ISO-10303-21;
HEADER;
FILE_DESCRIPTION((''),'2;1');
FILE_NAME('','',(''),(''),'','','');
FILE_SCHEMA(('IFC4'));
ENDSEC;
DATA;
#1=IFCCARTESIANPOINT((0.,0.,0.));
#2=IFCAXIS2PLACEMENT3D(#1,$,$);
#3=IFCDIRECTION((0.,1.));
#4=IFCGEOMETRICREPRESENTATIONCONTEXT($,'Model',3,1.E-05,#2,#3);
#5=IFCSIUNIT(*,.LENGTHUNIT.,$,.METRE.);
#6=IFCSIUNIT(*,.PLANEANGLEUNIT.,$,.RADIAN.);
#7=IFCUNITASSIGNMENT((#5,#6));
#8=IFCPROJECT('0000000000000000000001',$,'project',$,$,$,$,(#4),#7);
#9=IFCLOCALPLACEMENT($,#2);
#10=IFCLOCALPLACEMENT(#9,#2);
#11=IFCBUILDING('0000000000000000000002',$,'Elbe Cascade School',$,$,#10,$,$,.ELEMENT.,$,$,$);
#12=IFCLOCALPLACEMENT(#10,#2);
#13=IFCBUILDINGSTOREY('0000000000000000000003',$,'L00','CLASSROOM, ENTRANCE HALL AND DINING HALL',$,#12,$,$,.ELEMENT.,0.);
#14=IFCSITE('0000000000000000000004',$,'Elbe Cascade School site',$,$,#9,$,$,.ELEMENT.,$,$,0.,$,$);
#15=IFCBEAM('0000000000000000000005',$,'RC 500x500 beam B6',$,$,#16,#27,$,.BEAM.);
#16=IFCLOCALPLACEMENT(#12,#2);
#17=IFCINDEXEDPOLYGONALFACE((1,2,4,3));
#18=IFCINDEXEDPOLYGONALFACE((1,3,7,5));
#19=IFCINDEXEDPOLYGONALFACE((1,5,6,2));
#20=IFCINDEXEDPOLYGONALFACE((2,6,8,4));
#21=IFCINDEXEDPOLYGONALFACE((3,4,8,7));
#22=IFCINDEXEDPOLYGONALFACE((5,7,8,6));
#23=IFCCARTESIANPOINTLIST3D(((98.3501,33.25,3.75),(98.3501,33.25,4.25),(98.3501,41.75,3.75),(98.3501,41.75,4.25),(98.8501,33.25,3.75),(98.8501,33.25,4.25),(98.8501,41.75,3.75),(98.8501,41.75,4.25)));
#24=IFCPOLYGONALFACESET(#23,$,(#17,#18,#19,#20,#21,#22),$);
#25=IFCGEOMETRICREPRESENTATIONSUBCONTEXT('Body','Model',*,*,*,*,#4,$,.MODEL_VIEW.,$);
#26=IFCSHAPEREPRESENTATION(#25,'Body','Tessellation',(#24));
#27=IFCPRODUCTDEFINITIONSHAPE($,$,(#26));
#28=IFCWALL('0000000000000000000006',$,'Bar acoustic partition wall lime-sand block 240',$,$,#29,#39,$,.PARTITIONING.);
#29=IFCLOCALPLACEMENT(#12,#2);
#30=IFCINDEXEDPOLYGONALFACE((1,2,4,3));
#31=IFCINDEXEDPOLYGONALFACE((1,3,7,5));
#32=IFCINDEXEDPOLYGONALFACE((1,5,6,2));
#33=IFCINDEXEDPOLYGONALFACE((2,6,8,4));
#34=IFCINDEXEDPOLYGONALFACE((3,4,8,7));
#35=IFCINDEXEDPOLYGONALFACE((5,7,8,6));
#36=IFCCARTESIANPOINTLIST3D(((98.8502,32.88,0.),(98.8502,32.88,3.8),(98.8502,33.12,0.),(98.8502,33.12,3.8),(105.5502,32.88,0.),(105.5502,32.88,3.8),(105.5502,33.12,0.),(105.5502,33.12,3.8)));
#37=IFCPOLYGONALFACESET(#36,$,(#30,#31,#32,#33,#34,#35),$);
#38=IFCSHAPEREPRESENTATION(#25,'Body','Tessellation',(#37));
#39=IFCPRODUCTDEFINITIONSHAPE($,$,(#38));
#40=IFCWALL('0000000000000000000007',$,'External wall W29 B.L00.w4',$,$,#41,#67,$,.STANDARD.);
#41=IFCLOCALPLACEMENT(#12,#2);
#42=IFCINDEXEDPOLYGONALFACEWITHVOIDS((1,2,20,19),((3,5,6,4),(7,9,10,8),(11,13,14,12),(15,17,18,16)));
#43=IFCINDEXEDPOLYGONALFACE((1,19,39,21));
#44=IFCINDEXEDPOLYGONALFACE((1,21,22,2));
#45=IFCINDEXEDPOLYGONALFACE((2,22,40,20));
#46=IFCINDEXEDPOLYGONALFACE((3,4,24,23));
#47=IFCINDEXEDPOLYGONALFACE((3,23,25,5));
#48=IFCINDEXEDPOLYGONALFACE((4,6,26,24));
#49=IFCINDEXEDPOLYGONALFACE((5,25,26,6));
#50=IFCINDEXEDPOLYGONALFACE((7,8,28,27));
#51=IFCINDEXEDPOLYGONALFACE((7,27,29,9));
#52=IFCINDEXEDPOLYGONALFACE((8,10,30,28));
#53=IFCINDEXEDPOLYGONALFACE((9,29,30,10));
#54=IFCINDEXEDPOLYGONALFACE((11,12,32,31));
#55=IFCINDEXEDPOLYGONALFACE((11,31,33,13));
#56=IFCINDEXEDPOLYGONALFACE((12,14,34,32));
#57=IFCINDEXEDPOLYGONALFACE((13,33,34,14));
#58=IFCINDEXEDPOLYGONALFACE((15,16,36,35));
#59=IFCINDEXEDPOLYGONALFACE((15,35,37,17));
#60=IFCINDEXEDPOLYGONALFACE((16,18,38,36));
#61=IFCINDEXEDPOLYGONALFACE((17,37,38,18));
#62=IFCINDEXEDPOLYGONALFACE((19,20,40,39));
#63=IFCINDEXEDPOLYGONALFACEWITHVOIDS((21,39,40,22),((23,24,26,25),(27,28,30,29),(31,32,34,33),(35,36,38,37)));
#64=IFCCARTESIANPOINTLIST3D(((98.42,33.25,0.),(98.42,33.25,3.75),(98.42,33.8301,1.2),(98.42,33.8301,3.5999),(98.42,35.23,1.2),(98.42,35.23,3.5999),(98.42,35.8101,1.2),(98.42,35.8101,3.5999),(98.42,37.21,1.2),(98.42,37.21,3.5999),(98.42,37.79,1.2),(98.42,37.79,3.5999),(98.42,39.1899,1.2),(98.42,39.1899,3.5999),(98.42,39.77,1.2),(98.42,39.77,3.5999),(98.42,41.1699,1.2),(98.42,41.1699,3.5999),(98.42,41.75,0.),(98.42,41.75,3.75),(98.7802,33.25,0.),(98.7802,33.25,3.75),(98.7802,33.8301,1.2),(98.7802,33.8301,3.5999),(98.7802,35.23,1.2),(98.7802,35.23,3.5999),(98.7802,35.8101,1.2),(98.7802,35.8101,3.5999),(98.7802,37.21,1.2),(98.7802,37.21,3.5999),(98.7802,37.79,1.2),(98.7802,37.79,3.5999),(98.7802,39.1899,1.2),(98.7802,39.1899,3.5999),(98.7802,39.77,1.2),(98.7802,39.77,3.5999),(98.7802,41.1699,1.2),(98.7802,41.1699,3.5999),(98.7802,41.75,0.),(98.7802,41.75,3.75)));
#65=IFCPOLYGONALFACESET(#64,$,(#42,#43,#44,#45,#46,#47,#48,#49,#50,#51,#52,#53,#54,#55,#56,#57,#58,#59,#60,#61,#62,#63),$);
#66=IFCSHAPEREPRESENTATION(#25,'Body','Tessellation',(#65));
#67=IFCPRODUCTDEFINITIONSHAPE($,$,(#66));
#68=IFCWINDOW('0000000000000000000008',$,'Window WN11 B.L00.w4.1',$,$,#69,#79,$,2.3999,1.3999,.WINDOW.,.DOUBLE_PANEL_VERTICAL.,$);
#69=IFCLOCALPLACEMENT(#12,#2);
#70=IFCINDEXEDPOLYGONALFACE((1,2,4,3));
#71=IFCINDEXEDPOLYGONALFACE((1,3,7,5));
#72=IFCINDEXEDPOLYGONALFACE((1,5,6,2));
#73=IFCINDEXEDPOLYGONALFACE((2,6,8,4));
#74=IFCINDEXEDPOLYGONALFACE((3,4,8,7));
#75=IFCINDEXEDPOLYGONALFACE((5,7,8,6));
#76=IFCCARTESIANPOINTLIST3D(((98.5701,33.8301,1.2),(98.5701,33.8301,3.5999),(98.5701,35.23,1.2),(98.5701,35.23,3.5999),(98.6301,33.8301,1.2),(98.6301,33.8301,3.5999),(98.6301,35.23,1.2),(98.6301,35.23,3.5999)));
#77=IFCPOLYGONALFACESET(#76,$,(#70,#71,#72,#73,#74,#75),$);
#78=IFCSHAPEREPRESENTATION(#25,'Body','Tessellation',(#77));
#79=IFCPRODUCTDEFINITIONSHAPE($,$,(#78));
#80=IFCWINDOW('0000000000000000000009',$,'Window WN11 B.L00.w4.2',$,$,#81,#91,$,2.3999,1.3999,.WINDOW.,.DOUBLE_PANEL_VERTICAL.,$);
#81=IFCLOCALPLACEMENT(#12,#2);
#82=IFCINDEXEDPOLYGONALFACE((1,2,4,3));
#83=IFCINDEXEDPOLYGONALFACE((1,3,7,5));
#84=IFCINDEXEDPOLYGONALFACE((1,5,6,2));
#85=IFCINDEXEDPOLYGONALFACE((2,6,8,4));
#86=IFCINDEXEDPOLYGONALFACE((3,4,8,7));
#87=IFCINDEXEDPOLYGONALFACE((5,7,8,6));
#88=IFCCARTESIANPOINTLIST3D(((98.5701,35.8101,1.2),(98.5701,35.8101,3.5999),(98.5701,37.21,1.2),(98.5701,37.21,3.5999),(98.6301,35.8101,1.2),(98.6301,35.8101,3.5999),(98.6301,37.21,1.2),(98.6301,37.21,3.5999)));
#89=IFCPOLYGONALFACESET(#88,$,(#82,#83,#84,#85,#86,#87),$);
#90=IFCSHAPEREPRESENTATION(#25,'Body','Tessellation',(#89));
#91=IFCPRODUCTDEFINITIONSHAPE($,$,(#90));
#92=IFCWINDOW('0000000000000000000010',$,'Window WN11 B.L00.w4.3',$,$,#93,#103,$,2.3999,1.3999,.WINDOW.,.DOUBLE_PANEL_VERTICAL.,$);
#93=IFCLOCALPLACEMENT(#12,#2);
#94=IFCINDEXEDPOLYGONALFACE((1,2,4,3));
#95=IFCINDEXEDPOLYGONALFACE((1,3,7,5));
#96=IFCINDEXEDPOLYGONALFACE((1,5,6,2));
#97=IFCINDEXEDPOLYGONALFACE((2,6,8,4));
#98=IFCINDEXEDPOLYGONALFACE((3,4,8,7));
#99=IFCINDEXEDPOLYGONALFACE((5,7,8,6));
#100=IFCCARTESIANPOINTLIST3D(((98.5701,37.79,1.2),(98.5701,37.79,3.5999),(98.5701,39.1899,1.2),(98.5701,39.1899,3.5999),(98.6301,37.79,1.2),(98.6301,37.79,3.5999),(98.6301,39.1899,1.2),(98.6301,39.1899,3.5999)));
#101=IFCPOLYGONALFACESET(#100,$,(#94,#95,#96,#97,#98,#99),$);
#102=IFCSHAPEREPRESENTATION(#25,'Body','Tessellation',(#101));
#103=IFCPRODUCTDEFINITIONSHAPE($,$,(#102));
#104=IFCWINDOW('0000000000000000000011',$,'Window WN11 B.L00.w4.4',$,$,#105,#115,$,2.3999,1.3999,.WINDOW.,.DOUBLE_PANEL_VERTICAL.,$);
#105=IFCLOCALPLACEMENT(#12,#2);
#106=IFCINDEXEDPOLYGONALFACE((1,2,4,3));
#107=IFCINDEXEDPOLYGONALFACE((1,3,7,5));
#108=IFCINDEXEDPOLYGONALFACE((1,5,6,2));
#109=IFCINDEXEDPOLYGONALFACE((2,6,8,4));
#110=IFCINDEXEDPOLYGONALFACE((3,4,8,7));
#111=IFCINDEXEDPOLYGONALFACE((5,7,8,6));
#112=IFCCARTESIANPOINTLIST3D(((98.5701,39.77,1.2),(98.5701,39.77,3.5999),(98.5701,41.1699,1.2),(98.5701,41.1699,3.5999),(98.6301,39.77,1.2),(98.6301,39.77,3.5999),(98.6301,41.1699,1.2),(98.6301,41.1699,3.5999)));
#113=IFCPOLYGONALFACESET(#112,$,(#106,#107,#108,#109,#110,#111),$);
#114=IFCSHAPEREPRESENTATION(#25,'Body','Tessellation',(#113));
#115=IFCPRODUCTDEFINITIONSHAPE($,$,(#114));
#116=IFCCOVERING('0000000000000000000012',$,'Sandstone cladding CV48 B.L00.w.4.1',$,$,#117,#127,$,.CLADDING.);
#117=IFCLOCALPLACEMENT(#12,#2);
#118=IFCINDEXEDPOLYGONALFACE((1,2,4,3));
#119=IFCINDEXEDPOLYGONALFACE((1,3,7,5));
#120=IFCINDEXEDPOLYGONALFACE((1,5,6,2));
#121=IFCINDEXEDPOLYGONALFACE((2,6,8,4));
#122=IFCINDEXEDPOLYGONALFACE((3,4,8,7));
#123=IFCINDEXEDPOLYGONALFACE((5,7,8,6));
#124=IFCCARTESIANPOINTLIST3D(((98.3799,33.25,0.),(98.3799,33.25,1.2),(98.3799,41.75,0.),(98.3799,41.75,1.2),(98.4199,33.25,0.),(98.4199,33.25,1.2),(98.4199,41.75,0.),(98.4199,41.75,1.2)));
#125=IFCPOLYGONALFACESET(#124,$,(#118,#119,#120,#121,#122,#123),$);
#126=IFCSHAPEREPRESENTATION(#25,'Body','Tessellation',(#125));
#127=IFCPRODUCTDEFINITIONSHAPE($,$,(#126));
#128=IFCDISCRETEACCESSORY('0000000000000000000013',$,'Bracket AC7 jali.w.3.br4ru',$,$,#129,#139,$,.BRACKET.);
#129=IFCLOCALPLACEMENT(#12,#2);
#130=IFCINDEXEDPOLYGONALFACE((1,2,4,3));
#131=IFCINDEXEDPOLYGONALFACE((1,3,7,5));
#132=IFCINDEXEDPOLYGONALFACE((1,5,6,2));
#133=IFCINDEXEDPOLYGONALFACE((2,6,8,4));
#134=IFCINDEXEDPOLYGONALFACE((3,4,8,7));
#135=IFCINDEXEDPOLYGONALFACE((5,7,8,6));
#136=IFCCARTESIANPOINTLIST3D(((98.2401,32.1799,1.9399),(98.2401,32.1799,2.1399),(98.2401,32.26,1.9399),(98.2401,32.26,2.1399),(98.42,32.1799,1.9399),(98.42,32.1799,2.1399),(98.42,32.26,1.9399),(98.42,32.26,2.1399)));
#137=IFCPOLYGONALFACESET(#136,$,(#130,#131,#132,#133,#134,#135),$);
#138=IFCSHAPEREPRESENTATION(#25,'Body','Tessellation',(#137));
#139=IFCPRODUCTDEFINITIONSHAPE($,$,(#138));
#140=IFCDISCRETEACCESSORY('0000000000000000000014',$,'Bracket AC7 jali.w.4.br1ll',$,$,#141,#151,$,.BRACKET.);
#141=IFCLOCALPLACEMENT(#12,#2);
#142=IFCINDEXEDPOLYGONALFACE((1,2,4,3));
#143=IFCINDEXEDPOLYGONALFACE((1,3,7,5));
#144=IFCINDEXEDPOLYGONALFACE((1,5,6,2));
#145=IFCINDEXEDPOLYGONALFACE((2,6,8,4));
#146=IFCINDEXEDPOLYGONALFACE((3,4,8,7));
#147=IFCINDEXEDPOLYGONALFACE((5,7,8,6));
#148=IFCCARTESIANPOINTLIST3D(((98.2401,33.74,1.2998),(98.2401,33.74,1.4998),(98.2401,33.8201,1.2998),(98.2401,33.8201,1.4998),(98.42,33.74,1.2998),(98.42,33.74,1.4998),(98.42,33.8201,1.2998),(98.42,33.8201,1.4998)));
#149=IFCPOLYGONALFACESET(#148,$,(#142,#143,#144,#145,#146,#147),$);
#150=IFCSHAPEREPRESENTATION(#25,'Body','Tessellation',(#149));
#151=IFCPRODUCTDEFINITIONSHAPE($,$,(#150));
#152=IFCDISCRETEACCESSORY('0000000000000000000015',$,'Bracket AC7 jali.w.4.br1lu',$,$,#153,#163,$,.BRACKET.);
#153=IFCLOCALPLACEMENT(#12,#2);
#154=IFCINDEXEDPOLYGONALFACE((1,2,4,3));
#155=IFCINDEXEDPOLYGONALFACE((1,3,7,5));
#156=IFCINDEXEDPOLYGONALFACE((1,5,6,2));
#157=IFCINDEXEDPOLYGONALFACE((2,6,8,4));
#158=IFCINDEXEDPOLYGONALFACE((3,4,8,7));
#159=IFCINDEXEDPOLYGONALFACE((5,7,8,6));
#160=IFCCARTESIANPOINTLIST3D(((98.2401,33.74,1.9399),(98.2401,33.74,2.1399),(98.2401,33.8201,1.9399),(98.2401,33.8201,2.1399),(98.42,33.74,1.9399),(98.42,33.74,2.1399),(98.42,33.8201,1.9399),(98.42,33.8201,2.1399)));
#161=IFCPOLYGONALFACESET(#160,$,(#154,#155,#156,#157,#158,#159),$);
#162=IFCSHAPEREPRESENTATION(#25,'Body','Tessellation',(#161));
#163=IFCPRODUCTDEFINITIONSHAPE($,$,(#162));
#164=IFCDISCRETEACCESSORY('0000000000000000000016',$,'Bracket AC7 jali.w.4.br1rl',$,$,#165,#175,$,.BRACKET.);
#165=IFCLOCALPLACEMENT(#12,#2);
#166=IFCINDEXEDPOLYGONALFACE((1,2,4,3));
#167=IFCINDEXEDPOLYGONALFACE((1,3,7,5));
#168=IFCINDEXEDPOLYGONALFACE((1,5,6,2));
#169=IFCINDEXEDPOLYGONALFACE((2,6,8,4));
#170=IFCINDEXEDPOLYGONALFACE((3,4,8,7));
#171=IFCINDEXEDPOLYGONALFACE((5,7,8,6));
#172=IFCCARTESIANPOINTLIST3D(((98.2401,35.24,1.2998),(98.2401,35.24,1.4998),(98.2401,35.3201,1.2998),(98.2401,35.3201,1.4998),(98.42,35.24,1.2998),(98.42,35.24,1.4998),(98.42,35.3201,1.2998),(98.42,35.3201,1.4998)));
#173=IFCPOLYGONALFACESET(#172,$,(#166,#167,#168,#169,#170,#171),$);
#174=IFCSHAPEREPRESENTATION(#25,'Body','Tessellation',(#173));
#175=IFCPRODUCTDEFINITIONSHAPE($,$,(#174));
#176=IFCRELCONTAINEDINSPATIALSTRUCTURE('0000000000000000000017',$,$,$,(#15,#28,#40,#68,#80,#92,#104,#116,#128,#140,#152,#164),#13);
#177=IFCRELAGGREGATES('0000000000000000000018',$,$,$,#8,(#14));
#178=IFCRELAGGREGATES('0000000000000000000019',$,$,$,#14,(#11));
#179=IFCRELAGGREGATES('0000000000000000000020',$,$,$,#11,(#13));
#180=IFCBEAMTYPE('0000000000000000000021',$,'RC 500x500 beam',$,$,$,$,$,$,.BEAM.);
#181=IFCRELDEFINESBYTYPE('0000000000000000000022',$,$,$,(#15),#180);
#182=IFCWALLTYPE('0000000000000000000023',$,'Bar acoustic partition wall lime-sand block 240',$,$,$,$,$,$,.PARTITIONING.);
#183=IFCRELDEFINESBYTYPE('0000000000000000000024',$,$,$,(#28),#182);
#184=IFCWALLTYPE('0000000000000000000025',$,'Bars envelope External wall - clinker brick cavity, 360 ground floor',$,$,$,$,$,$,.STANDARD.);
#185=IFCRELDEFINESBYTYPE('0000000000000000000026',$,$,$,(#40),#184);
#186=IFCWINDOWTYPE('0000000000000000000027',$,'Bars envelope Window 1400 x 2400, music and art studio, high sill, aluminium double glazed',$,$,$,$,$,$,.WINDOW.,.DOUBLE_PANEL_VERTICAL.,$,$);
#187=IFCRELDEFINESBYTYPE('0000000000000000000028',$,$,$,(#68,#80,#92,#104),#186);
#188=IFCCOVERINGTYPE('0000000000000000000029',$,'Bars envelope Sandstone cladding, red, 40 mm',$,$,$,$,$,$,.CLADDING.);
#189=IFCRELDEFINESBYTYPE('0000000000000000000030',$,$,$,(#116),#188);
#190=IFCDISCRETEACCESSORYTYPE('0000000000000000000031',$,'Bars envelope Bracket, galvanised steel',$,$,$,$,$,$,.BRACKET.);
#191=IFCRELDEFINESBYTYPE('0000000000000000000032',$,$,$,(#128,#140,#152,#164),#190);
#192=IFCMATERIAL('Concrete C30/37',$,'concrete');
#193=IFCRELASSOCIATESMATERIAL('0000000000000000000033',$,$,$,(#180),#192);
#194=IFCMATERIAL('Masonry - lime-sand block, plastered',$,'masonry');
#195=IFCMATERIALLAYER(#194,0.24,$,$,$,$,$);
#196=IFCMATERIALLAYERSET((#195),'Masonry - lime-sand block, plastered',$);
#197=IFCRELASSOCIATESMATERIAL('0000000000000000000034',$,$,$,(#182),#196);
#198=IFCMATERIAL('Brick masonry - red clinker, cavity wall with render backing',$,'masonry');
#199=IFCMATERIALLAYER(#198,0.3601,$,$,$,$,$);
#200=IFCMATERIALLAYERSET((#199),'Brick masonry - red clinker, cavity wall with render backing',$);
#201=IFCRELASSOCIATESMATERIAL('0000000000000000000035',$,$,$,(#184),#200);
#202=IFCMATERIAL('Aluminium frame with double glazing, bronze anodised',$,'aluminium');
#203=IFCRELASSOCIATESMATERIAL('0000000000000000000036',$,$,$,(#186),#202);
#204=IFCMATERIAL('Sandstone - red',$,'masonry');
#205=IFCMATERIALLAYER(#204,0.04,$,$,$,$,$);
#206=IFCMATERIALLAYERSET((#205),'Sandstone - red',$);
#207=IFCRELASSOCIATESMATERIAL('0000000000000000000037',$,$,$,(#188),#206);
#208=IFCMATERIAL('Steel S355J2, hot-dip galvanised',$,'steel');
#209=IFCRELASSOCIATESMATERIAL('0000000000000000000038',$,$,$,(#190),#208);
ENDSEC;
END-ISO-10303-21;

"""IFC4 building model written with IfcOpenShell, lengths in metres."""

from ifc_helpers import new_model, si_unit, direction, frame, frame_2d, origin, origin_2d, place, context, subcontext, project, spatial, rectangle, extrude, material, layer, layer_set, material_profile, profile_set, type_object, element, fill, save


model = new_model("IFC4")

# Units and contexts
model_context = context("Model", 3, precision=1e-05, world=origin(), true_north=direction((0.0, 1.0)))
body_context = subcontext(model_context, "Body", "Model", "MODEL_VIEW")
ifc_project = project(units=[si_unit("LENGTHUNIT", "METRE"), si_unit("PLANEANGLEUNIT", "RADIAN")], contexts=[model_context])

# Site, building, storey
site_placement = place(None, origin())
site = spatial("IfcSite", under=ifc_project, at=site_placement, Name="Elbe Cascade School site", CompositionType="ELEMENT", RefElevation=0.0)
building_placement = place(site_placement, origin())
building = spatial("IfcBuilding", under=site, at=building_placement, Name="Elbe Cascade School", CompositionType="ELEMENT")
storey_placement = place(building_placement, origin())
storey = spatial("IfcBuildingStorey", under=building, at=storey_placement, Name="L00", Description="CLASSROOM, ENTRANCE HALL AND DINING HALL", CompositionType="ELEMENT", Elevation=0.0)

# Beam
ifc_material_1 = material(Name="Concrete C30/37", Category="concrete")
ifc_material_profile_1 = material_profile(ifc_material_1, rectangle(XDim=0.5, YDim=0.5, at=origin_2d()), Name="RC 500x500")
ifc_profile_set_1 = profile_set([ifc_material_profile_1], Name="Concrete C30/37")
beam_type_1 = type_object("IfcBeamType", Name="RC 500x500 beam", PredefinedType="BEAM", material=ifc_profile_set_1)
beam_1_placement = place(storey_placement, frame((98.6001, 33.25, 4.0), z_axis=(0.0, 1.0, 0.0), x_axis=(-1.0, 0.0, 0.0)))
element("IfcBeam", 1, at=beam_1_placement, inside=storey, type_object=beam_type_1, Name="RC 500x500 beam B6", PredefinedType="BEAM", context=body_context, shape_type="SweptSolid", body=[
    extrude(rectangle(XDim=0.5, YDim=0.5, at=origin_2d()), origin(), (0.0, 0.0, 1.0), 8.5),
])

# Wall
ifc_material_2 = material(Name="Masonry - lime-sand block, plastered", Category="masonry")
ifc_layer_1 = layer(ifc_material_2, 0.24)
ifc_layer_set_1 = layer_set([ifc_layer_1], Name="Masonry - lime-sand block, plastered")
wall_type_1 = type_object("IfcWallType", Name="Bar acoustic partition wall lime-sand block 240", PredefinedType="PARTITIONING", material=ifc_layer_set_1)
wall_1_placement = place(storey_placement, frame((98.8501, 33.0, 0.0), z_axis=(0.0, 0.0, 1.0), x_axis=(1.0, 0.0, 0.0)))
element("IfcWall", 2, at=wall_1_placement, inside=storey, type_object=wall_type_1, Name="Bar acoustic partition wall lime-sand block 240", PredefinedType="PARTITIONING", context=body_context, shape_type="SweptSolid", body=[
    extrude(rectangle(XDim=6.7, YDim=0.24, at=frame_2d((3.3501, 0.0))), origin(), (0.0, 0.0, 1.0), 3.8),
])

# Wall, openings, windows
ifc_material_3 = material(Name="Brick masonry - red clinker, cavity wall with render backing", Category="masonry")
ifc_layer_2 = layer(ifc_material_3, 0.3601)
ifc_layer_set_2 = layer_set([ifc_layer_2], Name="Brick masonry - red clinker, cavity wall with render backing")
wall_type_2 = type_object("IfcWallType", Name="Bars envelope External wall - clinker brick cavity, 360 ground floor", PredefinedType="STANDARD", material=ifc_layer_set_2)
wall_2_placement = place(storey_placement, frame((98.6001, 33.25, 0.0), z_axis=(0.0, 0.0, 1.0), x_axis=(0.0, 1.0, 0.0)))
wall_2 = element("IfcWall", 3, at=wall_2_placement, inside=storey, type_object=wall_type_2, Name="External wall W29 B.L00.w4", PredefinedType="STANDARD", context=body_context, shape_type="SweptSolid", body=[
    extrude(rectangle(XDim=8.5, YDim=0.3601, at=frame_2d((4.25, 0.0))), origin(), (0.0, 0.0, 1.0), 3.75),
])
opening_1_placement = place(wall_2_placement, frame((0.5801, 0.0, 1.2)))
opening_1 = element("IfcOpeningElement", 4, at=opening_1_placement, cuts=wall_2, PredefinedType="OPENING", context=body_context, shape_type="SweptSolid", body=[
    extrude(rectangle(XDim=1.3999, YDim=2.3999, at=frame_2d((0.7, 1.2))), frame((0.0, 0.1899, 0.0), z_axis=(0.0, -1.0, 0.0), x_axis=(1.0, 0.0, 0.0)), (0.0, 0.0, 1.0), 0.3801),
])
opening_2_placement = place(wall_2_placement, frame((2.5601, 0.0, 1.2)))
opening_2 = element("IfcOpeningElement", 5, at=opening_2_placement, cuts=wall_2, PredefinedType="OPENING", context=body_context, shape_type="SweptSolid", body=[
    extrude(rectangle(XDim=1.3999, YDim=2.3999, at=frame_2d((0.7, 1.2))), frame((0.0, 0.1899, 0.0), z_axis=(0.0, -1.0, 0.0), x_axis=(1.0, 0.0, 0.0)), (0.0, 0.0, 1.0), 0.3801),
])
opening_3_placement = place(wall_2_placement, frame((4.54, 0.0, 1.2)))
opening_3 = element("IfcOpeningElement", 6, at=opening_3_placement, cuts=wall_2, PredefinedType="OPENING", context=body_context, shape_type="SweptSolid", body=[
    extrude(rectangle(XDim=1.3999, YDim=2.3999, at=frame_2d((0.7, 1.2))), frame((0.0, 0.1899, 0.0), z_axis=(0.0, -1.0, 0.0), x_axis=(1.0, 0.0, 0.0)), (0.0, 0.0, 1.0), 0.3801),
])
opening_4_placement = place(wall_2_placement, frame((6.52, 0.0, 1.2)))
opening_4 = element("IfcOpeningElement", 7, at=opening_4_placement, cuts=wall_2, PredefinedType="OPENING", context=body_context, shape_type="SweptSolid", body=[
    extrude(rectangle(XDim=1.3999, YDim=2.3999, at=frame_2d((0.7, 1.2))), frame((0.0, 0.1899, 0.0), z_axis=(0.0, -1.0, 0.0), x_axis=(1.0, 0.0, 0.0)), (0.0, 0.0, 1.0), 0.3801),
])
ifc_material_4 = material(Name="Aluminium frame with double glazing, bronze anodised", Category="aluminium")
window_type = type_object("IfcWindowType", Name="Bars envelope Window 1400 x 2400, music and art studio, high sill, aluminium double glazed", PartitioningType="DOUBLE_PANEL_VERTICAL", PredefinedType="WINDOW", material=ifc_material_4)
window_1_placement = place(opening_1_placement, origin())
window_1 = element("IfcWindow", 8, at=window_1_placement, inside=storey, type_object=window_type, Name="Window WN11 B.L00.w4.1", OverallHeight=2.3999, OverallWidth=1.3999, PartitioningType="DOUBLE_PANEL_VERTICAL", PredefinedType="WINDOW", context=body_context, shape_type="SweptSolid", body=[
    extrude(rectangle(XDim=1.3999, YDim=2.3999, at=frame_2d((0.7, 1.2))), frame((0.0, 0.03, 0.0), z_axis=(0.0, -1.0, 0.0), x_axis=(1.0, 0.0, 0.0)), (0.0, 0.0, 1.0), 0.0601),
])
fill(opening_1, window_1)
window_2_placement = place(opening_2_placement, origin())
window_2 = element("IfcWindow", 9, at=window_2_placement, inside=storey, type_object=window_type, Name="Window WN11 B.L00.w4.2", OverallHeight=2.3999, OverallWidth=1.3999, PartitioningType="DOUBLE_PANEL_VERTICAL", PredefinedType="WINDOW", context=body_context, shape_type="SweptSolid", body=[
    extrude(rectangle(XDim=1.3999, YDim=2.3999, at=frame_2d((0.7, 1.2))), frame((0.0, 0.03, 0.0), z_axis=(0.0, -1.0, 0.0), x_axis=(1.0, 0.0, 0.0)), (0.0, 0.0, 1.0), 0.0601),
])
fill(opening_2, window_2)
window_3_placement = place(opening_3_placement, origin())
window_3 = element("IfcWindow", 10, at=window_3_placement, inside=storey, type_object=window_type, Name="Window WN11 B.L00.w4.3", OverallHeight=2.3999, OverallWidth=1.3999, PartitioningType="DOUBLE_PANEL_VERTICAL", PredefinedType="WINDOW", context=body_context, shape_type="SweptSolid", body=[
    extrude(rectangle(XDim=1.3999, YDim=2.3999, at=frame_2d((0.7, 1.2))), frame((0.0, 0.03, 0.0), z_axis=(0.0, -1.0, 0.0), x_axis=(1.0, 0.0, 0.0)), (0.0, 0.0, 1.0), 0.0601),
])
fill(opening_3, window_3)
window_4_placement = place(opening_4_placement, origin())
window_4 = element("IfcWindow", 11, at=window_4_placement, inside=storey, type_object=window_type, Name="Window WN11 B.L00.w4.4", OverallHeight=2.3999, OverallWidth=1.3999, PartitioningType="DOUBLE_PANEL_VERTICAL", PredefinedType="WINDOW", context=body_context, shape_type="SweptSolid", body=[
    extrude(rectangle(XDim=1.3999, YDim=2.3999, at=frame_2d((0.7, 1.2))), frame((0.0, 0.03, 0.0), z_axis=(0.0, -1.0, 0.0), x_axis=(1.0, 0.0, 0.0)), (0.0, 0.0, 1.0), 0.0601),
])
fill(opening_4, window_4)

# Covering
ifc_material_5 = material(Name="Sandstone - red", Category="masonry")
ifc_layer_3 = layer(ifc_material_5, 0.04)
ifc_layer_set_3 = layer_set([ifc_layer_3], Name="Sandstone - red")
covering_type = type_object("IfcCoveringType", Name="Bars envelope Sandstone cladding, red, 40 mm", PredefinedType="CLADDING", material=ifc_layer_set_3)
covering_placement = place(storey_placement, frame((98.3999, 37.5, 0.0), z_axis=(0.0, 0.0, 1.0), x_axis=(0.0, 1.0, 0.0)))
element("IfcCovering", 12, at=covering_placement, inside=storey, type_object=covering_type, Name="Sandstone cladding CV48 B.L00.w.4.1", PredefinedType="CLADDING", context=body_context, shape_type="SweptSolid", body=[
    extrude(rectangle(XDim=8.5, YDim=0.04, at=origin_2d()), origin(), (0.0, 0.0, 1.0), 1.2),
])

# Discrete accessories
ifc_material_6 = material(Name="Steel S355J2, hot-dip galvanised", Category="steel")
discrete_accessory_type = type_object("IfcDiscreteAccessoryType", Name="Bars envelope Bracket, galvanised steel", PredefinedType="BRACKET", material=ifc_material_6)
for number, where, z_axis, x_axis, name in (
    (13, (98.3301, 32.22, 1.9399), (0.0, 0.0, 1.0), (0.0, 1.0, 0.0), "Bracket AC7 jali.w.3.br4ru"),
    (14, (98.3301, 33.78, 1.2998), (0.0, 0.0, 1.0), (0.0, 1.0, 0.0), "Bracket AC7 jali.w.4.br1ll"),
    (15, (98.3301, 33.78, 1.9399), (0.0, 0.0, 1.0), (0.0, 1.0, 0.0), "Bracket AC7 jali.w.4.br1lu"),
    (16, (98.3301, 35.28, 1.2998), (0.0, 0.0, 1.0), (0.0, 1.0, 0.0), "Bracket AC7 jali.w.4.br1rl"),
):
    element("IfcDiscreteAccessory", number, at=place(storey_placement, frame(where, z_axis=z_axis, x_axis=x_axis)), inside=storey, type_object=discrete_accessory_type, Name=name, PredefinedType="BRACKET", context=body_context, shape_type="SweptSolid", body=[
        extrude(rectangle(XDim=0.0801, YDim=0.1799, at=origin_2d()), origin(), (0.0, 0.0, 1.0), 0.2),
    ])

save(model, "model.ifc")
